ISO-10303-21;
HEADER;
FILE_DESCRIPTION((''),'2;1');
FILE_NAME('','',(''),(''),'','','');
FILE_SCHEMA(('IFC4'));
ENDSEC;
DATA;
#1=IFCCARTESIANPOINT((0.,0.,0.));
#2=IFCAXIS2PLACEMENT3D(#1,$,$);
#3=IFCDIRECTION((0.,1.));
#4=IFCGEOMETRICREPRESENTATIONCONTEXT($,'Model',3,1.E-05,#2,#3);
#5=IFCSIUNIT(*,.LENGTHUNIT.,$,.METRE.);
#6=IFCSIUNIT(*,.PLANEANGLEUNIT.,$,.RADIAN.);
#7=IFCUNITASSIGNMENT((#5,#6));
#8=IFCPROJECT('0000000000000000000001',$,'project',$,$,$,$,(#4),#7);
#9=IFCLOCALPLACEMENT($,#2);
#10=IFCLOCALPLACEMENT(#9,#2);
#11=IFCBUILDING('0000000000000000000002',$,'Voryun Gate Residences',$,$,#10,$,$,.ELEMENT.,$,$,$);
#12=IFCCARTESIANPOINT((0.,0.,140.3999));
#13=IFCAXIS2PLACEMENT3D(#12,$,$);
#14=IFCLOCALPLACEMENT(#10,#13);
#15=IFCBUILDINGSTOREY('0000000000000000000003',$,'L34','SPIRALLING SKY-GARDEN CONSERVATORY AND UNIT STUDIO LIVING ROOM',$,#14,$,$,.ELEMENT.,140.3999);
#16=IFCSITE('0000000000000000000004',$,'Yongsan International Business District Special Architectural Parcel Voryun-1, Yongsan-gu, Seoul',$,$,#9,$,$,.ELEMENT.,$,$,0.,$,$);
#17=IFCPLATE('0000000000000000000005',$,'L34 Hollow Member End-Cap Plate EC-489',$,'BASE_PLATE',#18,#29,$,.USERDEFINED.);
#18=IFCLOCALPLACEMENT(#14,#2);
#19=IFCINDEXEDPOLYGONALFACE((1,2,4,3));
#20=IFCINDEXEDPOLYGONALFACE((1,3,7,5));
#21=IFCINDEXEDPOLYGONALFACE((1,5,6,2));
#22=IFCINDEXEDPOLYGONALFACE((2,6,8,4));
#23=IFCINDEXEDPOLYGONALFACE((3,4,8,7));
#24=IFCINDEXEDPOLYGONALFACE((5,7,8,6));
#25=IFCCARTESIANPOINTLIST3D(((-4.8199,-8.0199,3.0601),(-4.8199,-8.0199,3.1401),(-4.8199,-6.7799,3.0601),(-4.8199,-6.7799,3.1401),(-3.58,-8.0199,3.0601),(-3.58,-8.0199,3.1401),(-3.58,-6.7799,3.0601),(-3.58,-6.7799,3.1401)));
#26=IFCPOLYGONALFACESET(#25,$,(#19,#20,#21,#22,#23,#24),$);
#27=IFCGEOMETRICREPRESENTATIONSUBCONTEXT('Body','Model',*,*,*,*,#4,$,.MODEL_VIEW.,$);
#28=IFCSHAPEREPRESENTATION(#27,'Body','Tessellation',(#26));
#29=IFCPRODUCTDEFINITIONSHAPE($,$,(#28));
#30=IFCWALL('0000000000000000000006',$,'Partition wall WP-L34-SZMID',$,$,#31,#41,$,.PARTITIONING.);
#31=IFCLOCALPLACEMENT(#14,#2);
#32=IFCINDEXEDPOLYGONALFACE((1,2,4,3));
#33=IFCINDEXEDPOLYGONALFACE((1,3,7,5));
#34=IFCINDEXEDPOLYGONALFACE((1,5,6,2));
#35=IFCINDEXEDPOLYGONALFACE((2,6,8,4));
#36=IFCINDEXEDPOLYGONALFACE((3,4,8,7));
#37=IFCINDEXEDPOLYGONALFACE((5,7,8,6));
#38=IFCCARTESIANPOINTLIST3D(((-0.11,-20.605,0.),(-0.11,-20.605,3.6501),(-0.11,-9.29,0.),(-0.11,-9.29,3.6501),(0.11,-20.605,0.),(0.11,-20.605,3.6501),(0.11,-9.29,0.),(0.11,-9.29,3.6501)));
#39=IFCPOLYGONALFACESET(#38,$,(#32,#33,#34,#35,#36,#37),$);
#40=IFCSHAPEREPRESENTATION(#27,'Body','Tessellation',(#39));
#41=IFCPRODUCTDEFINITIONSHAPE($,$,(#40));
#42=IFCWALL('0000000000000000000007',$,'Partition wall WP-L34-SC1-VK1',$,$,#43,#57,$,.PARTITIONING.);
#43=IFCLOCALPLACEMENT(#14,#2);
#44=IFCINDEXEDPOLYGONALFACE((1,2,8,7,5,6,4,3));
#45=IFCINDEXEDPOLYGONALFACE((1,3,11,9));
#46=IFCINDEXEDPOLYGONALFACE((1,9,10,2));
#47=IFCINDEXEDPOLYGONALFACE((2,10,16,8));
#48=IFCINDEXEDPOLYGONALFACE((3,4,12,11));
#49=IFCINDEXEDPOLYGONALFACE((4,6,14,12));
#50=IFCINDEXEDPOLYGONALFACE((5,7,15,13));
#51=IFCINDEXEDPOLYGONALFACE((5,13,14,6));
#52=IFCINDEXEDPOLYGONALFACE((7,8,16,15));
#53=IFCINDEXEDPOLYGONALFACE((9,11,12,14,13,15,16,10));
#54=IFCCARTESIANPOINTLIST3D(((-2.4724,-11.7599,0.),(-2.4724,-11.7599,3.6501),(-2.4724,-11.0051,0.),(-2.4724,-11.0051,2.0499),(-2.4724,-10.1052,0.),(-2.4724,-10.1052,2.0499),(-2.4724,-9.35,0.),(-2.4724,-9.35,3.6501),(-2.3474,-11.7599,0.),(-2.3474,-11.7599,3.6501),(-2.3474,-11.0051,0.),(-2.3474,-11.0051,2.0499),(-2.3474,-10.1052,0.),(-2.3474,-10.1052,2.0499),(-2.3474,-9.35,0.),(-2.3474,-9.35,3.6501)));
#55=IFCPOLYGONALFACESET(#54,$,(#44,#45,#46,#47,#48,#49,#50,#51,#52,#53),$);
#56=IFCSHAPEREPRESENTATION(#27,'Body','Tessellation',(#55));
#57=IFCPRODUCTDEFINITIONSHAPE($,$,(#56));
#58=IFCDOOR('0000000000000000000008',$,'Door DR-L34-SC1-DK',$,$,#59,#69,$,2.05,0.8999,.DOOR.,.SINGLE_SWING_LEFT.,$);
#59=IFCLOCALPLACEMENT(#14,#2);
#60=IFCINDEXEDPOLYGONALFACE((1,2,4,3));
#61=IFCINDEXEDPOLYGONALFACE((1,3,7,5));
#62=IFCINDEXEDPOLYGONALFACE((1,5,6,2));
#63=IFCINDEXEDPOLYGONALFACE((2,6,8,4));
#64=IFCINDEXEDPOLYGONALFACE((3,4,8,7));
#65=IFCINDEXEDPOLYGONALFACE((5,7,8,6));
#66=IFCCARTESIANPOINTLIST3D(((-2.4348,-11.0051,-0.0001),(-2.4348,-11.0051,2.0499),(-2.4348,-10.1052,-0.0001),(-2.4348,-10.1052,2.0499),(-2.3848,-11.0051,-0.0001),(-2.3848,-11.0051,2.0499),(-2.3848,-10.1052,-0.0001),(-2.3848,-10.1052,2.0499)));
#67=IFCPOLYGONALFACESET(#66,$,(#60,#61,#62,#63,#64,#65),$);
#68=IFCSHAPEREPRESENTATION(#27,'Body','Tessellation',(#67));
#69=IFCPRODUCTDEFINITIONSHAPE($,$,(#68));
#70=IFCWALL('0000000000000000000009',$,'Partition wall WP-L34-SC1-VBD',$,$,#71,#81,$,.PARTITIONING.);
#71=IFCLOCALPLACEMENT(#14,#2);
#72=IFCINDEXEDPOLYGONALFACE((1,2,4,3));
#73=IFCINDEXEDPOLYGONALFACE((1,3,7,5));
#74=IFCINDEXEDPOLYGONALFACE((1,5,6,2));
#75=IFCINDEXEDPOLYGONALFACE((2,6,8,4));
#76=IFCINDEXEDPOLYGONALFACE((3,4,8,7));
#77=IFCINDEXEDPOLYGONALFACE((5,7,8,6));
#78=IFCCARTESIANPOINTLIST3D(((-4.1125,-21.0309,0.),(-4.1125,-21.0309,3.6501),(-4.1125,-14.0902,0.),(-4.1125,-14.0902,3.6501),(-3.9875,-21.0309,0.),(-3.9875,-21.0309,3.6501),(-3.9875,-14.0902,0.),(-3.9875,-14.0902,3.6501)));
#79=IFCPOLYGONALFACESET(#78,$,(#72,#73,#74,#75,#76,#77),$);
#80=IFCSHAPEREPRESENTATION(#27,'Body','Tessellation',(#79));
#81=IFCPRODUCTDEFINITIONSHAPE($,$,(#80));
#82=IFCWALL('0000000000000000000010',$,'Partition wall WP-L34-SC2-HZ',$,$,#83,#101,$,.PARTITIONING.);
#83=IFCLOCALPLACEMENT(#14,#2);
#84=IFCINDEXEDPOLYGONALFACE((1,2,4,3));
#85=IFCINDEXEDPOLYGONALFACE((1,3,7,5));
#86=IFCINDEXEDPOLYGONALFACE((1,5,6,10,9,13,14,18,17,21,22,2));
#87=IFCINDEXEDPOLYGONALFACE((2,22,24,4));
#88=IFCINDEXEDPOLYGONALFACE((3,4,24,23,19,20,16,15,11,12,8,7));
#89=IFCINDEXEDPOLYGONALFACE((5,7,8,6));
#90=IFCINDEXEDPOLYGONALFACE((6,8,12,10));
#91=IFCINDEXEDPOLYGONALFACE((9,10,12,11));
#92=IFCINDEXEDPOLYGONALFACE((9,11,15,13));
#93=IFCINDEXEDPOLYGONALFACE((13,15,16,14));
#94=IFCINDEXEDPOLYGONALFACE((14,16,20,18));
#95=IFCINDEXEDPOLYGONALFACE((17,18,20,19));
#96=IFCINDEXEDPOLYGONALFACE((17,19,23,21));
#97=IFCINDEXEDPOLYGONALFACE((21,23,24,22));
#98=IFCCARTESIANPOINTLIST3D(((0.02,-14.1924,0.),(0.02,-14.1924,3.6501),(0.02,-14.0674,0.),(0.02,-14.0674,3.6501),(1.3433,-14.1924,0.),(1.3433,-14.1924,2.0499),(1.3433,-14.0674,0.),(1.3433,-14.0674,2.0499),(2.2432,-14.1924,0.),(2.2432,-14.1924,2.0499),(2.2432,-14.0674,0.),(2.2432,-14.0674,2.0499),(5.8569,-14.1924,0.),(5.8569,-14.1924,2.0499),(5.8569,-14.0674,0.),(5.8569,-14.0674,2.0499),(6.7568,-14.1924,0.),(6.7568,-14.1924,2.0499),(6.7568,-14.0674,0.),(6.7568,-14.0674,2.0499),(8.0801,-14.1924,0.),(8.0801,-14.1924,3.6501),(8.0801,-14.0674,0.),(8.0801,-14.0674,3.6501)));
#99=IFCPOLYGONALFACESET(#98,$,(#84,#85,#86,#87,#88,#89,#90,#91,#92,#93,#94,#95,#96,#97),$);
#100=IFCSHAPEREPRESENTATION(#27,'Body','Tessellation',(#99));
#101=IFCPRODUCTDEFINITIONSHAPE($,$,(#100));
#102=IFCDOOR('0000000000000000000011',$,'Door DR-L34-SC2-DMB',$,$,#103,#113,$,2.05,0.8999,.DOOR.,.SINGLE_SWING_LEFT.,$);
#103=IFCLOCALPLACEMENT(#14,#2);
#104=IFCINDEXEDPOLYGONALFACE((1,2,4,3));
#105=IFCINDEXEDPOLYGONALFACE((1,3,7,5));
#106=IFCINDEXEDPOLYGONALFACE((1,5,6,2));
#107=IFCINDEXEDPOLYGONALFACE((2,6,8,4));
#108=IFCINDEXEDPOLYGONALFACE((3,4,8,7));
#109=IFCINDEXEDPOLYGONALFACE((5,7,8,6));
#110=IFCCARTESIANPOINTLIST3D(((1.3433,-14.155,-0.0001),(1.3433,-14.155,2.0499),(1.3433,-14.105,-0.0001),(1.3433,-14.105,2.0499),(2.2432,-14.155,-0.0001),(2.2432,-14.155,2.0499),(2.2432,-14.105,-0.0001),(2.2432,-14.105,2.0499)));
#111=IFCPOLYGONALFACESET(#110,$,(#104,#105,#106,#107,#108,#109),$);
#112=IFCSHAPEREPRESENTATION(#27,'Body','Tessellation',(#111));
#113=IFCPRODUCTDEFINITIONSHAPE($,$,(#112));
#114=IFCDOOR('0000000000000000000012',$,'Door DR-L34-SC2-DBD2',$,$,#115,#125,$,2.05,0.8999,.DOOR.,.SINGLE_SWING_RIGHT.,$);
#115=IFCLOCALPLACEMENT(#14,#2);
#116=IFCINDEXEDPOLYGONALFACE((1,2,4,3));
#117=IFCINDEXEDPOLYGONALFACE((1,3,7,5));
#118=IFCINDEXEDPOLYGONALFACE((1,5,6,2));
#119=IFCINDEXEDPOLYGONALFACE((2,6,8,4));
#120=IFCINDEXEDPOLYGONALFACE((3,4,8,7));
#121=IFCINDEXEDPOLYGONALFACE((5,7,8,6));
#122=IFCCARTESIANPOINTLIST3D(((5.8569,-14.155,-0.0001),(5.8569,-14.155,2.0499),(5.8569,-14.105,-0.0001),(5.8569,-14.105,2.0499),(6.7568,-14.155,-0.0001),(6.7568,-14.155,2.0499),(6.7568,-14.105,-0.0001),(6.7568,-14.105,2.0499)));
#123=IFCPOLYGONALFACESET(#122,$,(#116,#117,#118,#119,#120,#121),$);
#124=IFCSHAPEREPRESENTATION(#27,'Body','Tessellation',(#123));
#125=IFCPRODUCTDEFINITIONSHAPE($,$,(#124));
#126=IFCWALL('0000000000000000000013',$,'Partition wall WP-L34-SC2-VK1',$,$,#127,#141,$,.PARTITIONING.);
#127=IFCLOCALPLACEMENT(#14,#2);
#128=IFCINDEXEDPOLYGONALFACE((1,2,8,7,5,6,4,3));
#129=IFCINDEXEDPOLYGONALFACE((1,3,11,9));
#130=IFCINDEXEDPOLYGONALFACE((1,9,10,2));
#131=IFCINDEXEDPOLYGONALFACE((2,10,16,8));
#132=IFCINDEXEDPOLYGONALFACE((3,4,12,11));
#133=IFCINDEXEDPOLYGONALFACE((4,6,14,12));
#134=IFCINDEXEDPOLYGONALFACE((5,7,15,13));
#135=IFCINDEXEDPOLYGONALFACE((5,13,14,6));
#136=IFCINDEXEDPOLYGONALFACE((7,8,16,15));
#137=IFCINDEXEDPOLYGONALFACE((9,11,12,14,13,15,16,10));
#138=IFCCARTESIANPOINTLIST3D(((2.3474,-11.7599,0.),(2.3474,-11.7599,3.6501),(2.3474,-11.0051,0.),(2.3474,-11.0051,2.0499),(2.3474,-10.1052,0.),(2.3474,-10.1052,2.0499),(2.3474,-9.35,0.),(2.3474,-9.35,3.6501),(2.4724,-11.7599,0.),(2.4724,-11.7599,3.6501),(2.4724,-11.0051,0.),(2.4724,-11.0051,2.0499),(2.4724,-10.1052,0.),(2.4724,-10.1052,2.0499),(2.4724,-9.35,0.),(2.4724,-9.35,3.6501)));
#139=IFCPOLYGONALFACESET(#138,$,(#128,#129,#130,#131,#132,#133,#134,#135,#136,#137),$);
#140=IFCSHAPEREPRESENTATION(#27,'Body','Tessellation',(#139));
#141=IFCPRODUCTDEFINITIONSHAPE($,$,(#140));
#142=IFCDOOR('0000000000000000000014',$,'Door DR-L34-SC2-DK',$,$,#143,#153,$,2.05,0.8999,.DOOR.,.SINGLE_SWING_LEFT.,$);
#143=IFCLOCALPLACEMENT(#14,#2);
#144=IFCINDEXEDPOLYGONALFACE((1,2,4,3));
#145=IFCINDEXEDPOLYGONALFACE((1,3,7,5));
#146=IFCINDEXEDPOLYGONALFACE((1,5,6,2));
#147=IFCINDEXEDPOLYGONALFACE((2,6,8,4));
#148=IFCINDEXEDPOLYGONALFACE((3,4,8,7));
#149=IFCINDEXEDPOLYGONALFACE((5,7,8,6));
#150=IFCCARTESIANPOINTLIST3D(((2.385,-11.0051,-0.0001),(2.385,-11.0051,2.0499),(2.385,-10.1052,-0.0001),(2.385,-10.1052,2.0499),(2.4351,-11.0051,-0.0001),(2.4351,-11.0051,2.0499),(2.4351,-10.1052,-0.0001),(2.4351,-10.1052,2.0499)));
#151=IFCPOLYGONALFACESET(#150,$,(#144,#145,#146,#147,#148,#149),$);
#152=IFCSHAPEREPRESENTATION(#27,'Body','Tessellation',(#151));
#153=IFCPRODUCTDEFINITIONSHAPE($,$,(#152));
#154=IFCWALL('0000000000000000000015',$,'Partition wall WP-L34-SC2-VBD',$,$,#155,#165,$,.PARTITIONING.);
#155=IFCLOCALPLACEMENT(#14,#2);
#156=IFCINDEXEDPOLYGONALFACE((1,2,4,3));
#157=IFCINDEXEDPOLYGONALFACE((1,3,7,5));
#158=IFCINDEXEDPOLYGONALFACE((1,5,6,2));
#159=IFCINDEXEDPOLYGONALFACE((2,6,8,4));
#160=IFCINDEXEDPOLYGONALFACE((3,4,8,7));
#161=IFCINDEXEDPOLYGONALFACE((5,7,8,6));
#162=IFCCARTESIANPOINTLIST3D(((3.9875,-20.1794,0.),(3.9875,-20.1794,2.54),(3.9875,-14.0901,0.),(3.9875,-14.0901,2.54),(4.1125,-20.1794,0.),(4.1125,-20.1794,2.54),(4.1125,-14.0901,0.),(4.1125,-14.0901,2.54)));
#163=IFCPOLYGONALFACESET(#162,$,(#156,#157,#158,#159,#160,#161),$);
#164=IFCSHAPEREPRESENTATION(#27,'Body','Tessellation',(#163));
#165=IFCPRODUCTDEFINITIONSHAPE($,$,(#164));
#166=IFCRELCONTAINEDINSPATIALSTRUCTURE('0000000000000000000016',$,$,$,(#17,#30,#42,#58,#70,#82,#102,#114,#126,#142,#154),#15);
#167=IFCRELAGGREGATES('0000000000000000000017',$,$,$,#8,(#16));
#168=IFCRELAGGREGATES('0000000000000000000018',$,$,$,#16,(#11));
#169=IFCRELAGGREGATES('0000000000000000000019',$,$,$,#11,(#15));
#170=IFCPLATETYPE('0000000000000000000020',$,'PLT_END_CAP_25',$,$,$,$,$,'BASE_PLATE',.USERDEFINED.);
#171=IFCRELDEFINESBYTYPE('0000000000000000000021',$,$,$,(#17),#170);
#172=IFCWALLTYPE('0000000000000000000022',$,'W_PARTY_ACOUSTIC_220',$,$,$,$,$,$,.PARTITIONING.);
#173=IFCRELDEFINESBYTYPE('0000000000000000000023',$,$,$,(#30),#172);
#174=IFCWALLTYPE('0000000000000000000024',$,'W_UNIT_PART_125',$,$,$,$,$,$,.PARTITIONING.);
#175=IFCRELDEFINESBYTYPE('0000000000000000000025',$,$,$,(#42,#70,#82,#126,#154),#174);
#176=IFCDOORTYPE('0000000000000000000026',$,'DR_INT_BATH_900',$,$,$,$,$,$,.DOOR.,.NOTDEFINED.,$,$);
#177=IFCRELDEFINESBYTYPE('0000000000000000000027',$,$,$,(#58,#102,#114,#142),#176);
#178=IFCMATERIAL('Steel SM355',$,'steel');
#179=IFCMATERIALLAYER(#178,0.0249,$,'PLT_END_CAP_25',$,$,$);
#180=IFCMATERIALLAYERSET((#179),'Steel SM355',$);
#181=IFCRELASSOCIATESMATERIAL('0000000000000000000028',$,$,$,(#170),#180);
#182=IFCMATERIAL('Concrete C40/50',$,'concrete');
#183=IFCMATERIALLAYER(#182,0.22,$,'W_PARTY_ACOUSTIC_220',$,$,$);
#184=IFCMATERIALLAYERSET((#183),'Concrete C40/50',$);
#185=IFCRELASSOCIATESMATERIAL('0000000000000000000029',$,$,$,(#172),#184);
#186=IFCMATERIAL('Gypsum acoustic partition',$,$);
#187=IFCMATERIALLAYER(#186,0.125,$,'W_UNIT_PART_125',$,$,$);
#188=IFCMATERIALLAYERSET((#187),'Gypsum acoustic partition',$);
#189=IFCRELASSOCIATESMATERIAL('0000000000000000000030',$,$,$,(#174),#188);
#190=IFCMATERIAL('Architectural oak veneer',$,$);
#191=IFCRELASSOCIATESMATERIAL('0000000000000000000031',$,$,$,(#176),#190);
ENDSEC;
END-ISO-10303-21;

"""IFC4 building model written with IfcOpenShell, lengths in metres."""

from ifc_helpers import new_model, si_unit, direction, frame, frame_2d, origin, origin_2d, place, context, subcontext, project, spatial, rectangle, extrude, material, layer, layer_set, type_object, element, fill, save


model = new_model("IFC4")

# Units and contexts
model_context = context("Model", 3, precision=1e-05, world=origin(), true_north=direction((0.0, 1.0)))
body_context = subcontext(model_context, "Body", "Model", "MODEL_VIEW")
ifc_project = project(units=[si_unit("LENGTHUNIT", "METRE"), si_unit("PLANEANGLEUNIT", "RADIAN")], contexts=[model_context])

# Site, building, storey
site_placement = place(None, origin())
site = spatial("IfcSite", under=ifc_project, at=site_placement, Name="Yongsan International Business District Special Architectural Parcel Voryun-1, Yongsan-gu, Seoul", CompositionType="ELEMENT", RefElevation=0.0)
building_placement = place(site_placement, origin())
building = spatial("IfcBuilding", under=site, at=building_placement, Name="Voryun Gate Residences", CompositionType="ELEMENT")
storey_placement = place(building_placement, frame((0.0, 0.0, 140.3999)))
storey = spatial("IfcBuildingStorey", under=building, at=storey_placement, Name="L34", Description="SPIRALLING SKY-GARDEN CONSERVATORY AND UNIT STUDIO LIVING ROOM", CompositionType="ELEMENT", Elevation=140.3999)

# Plate
ifc_material_1 = material(Name="Steel SM355", Category="steel")
ifc_layer_1 = layer(ifc_material_1, 0.0249, Name="PLT_END_CAP_25")
ifc_layer_set_1 = layer_set([ifc_layer_1], Name="Steel SM355")
plate_type = type_object("IfcPlateType", Name="PLT_END_CAP_25", ElementType="BASE_PLATE", PredefinedType="USERDEFINED", material=ifc_layer_set_1)
for number, where, z_axis, x_axis, name in (
    (1, (-4.2, -7.3999, 3.0601), (0.0, 0.0, 1.0), (1.0, 0.0, 0.0), "L34 Hollow Member End-Cap Plate EC-489"),
):
    element("IfcPlate", number, at=place(storey_placement, frame(where, z_axis=z_axis, x_axis=x_axis)), inside=storey, type_object=plate_type, Name=name, ObjectType="BASE_PLATE", PredefinedType="USERDEFINED", context=body_context, shape_type="SweptSolid", body=[
        extrude(rectangle(XDim=1.24, YDim=1.24, at=origin_2d()), origin(), (0.0, 0.0, 1.0), 0.0801),
    ])

# Wall
ifc_material_2 = material(Name="Concrete C40/50", Category="concrete")
ifc_layer_2 = layer(ifc_material_2, 0.22, Name="W_PARTY_ACOUSTIC_220")
ifc_layer_set_2 = layer_set([ifc_layer_2], Name="Concrete C40/50")
wall_type_1 = type_object("IfcWallType", Name="W_PARTY_ACOUSTIC_220", PredefinedType="PARTITIONING", material=ifc_layer_set_2)
wall_1_placement = place(storey_placement, frame((0.0, -20.605, 0.0), z_axis=(0.0, 0.0, 1.0), x_axis=(0.0, 1.0, 0.0)))
element("IfcWall", 2, at=wall_1_placement, inside=storey, type_object=wall_type_1, Name="Partition wall WP-L34-SZMID", PredefinedType="PARTITIONING", context=body_context, shape_type="SweptSolid", body=[
    extrude(rectangle(XDim=11.3149, YDim=0.22, at=frame_2d((5.6575, 0.0))), origin(), (0.0, 0.0, 1.0), 3.6501),
])

# Wall, opening, door
ifc_material_3 = material(Name="Gypsum acoustic partition")
ifc_layer_3 = layer(ifc_material_3, 0.125, Name="W_UNIT_PART_125")
ifc_layer_set_3 = layer_set([ifc_layer_3], Name="Gypsum acoustic partition")
wall_type_2 = type_object("IfcWallType", Name="W_UNIT_PART_125", PredefinedType="PARTITIONING", material=ifc_layer_set_3)
wall_2_placement = place(storey_placement, frame((-2.4099, -11.76, 0.0), z_axis=(0.0, 0.0, 1.0), x_axis=(0.0, 1.0, 0.0)))
wall_2 = element("IfcWall", 3, at=wall_2_placement, inside=storey, type_object=wall_type_2, Name="Partition wall WP-L34-SC1-VK1", PredefinedType="PARTITIONING", context=body_context, shape_type="SweptSolid", body=[
    extrude(rectangle(XDim=2.4099, YDim=0.125, at=frame_2d((1.2051, 0.0))), origin(), (0.0, 0.0, 1.0), 3.6501),
])
opening_1_placement = place(wall_2_placement, frame((0.7549, 0.0, 0.0)))
opening_1 = element("IfcOpeningElement", 4, at=opening_1_placement, cuts=wall_2, PredefinedType="OPENING", context=body_context, shape_type="SweptSolid", body=[
    extrude(rectangle(XDim=0.8999, YDim=2.05, at=frame_2d((0.45, 1.0249))), frame((0.0, 0.0725, 0.0), z_axis=(0.0, -1.0, 0.0), x_axis=(1.0, 0.0, 0.0)), (0.0, 0.0, 1.0), 0.145),
])
ifc_material_4 = material(Name="Architectural oak veneer")
door_type = type_object("IfcDoorType", Name="DR_INT_BATH_900", OperationType="NOTDEFINED", PredefinedType="DOOR", material=ifc_material_4)
door_1_placement = place(opening_1_placement, origin())
door_1 = element("IfcDoor", 5, at=door_1_placement, inside=storey, type_object=door_type, Name="Door DR-L34-SC1-DK", OperationType="SINGLE_SWING_LEFT", OverallHeight=2.05, OverallWidth=0.8999, PredefinedType="DOOR", context=body_context, shape_type="SweptSolid", body=[
    extrude(rectangle(XDim=0.8999, YDim=2.05, at=frame_2d((0.45, 1.0249))), frame((0.0, 0.0249, 0.0), z_axis=(0.0, -1.0, 0.0), x_axis=(1.0, 0.0, 0.0)), (0.0, 0.0, 1.0), 0.05),
])
fill(opening_1, door_1)

# Wall
wall_3_placement = place(storey_placement, frame((-4.05, -21.0308, 0.0), z_axis=(0.0, 0.0, 1.0), x_axis=(0.0, 1.0, 0.0)))
element("IfcWall", 6, at=wall_3_placement, inside=storey, type_object=wall_type_2, Name="Partition wall WP-L34-SC1-VBD", PredefinedType="PARTITIONING", context=body_context, shape_type="SweptSolid", body=[
    extrude(rectangle(XDim=6.9407, YDim=0.125, at=frame_2d((3.4702, 0.0))), origin(), (0.0, 0.0, 1.0), 3.6501),
])

# Wall, openings, doors
wall_4_placement = place(storey_placement, frame((0.02, -14.1299, 0.0), z_axis=(0.0, 0.0, 1.0), x_axis=(1.0, 0.0, 0.0)))
wall_4 = element("IfcWall", 7, at=wall_4_placement, inside=storey, type_object=wall_type_2, Name="Partition wall WP-L34-SC2-HZ", PredefinedType="PARTITIONING", context=body_context, shape_type="SweptSolid", body=[
    extrude(rectangle(XDim=8.0601, YDim=0.125, at=frame_2d((4.03, 0.0))), origin(), (0.0, 0.0, 1.0), 3.6501),
])
opening_2_placement = place(wall_4_placement, frame((1.3232, 0.0, 0.0)))
opening_2 = element("IfcOpeningElement", 8, at=opening_2_placement, cuts=wall_4, PredefinedType="OPENING", context=body_context, shape_type="SweptSolid", body=[
    extrude(rectangle(XDim=0.8999, YDim=2.05, at=frame_2d((0.45, 1.0249))), frame((0.0, 0.0725, 0.0), z_axis=(0.0, -1.0, 0.0), x_axis=(1.0, 0.0, 0.0)), (0.0, 0.0, 1.0), 0.145),
])
opening_3_placement = place(wall_4_placement, frame((5.8369, 0.0, 0.0)))
opening_3 = element("IfcOpeningElement", 9, at=opening_3_placement, cuts=wall_4, PredefinedType="OPENING", context=body_context, shape_type="SweptSolid", body=[
    extrude(rectangle(XDim=0.8999, YDim=2.05, at=frame_2d((0.45, 1.0249))), frame((0.0, 0.0725, 0.0), z_axis=(0.0, -1.0, 0.0), x_axis=(1.0, 0.0, 0.0)), (0.0, 0.0, 1.0), 0.145),
])
door_2_placement = place(opening_2_placement, origin())
door_2 = element("IfcDoor", 10, at=door_2_placement, inside=storey, type_object=door_type, Name="Door DR-L34-SC2-DMB", OperationType="SINGLE_SWING_LEFT", OverallHeight=2.05, OverallWidth=0.8999, PredefinedType="DOOR", context=body_context, shape_type="SweptSolid", body=[
    extrude(rectangle(XDim=0.8999, YDim=2.05, at=frame_2d((0.45, 1.0249))), frame((0.0, 0.0249, 0.0), z_axis=(0.0, -1.0, 0.0), x_axis=(1.0, 0.0, 0.0)), (0.0, 0.0, 1.0), 0.05),
])
fill(opening_2, door_2)
door_3_placement = place(opening_3_placement, origin())
door_3 = element("IfcDoor", 11, at=door_3_placement, inside=storey, type_object=door_type, Name="Door DR-L34-SC2-DBD2", OperationType="SINGLE_SWING_RIGHT", OverallHeight=2.05, OverallWidth=0.8999, PredefinedType="DOOR", context=body_context, shape_type="SweptSolid", body=[
    extrude(rectangle(XDim=0.8999, YDim=2.05, at=frame_2d((0.45, 1.0249))), frame((0.0, 0.0249, 0.0), z_axis=(0.0, -1.0, 0.0), x_axis=(1.0, 0.0, 0.0)), (0.0, 0.0, 1.0), 0.05),
])
fill(opening_3, door_3)

# Wall, opening, door
wall_5_placement = place(storey_placement, frame((2.4099, -11.76, 0.0), z_axis=(0.0, 0.0, 1.0), x_axis=(0.0, 1.0, 0.0)))
wall_5 = element("IfcWall", 12, at=wall_5_placement, inside=storey, type_object=wall_type_2, Name="Partition wall WP-L34-SC2-VK1", PredefinedType="PARTITIONING", context=body_context, shape_type="SweptSolid", body=[
    extrude(rectangle(XDim=2.4099, YDim=0.125, at=frame_2d((1.2051, 0.0))), origin(), (0.0, 0.0, 1.0), 3.6501),
])
opening_4_placement = place(wall_5_placement, frame((0.7549, 0.0, 0.0)))
opening_4 = element("IfcOpeningElement", 13, at=opening_4_placement, cuts=wall_5, PredefinedType="OPENING", context=body_context, shape_type="SweptSolid", body=[
    extrude(rectangle(XDim=0.8999, YDim=2.05, at=frame_2d((0.45, 1.0249))), frame((0.0, 0.0725, 0.0), z_axis=(0.0, -1.0, 0.0), x_axis=(1.0, 0.0, 0.0)), (0.0, 0.0, 1.0), 0.145),
])
door_4_placement = place(opening_4_placement, origin())
door_4 = element("IfcDoor", 14, at=door_4_placement, inside=storey, type_object=door_type, Name="Door DR-L34-SC2-DK", OperationType="SINGLE_SWING_LEFT", OverallHeight=2.05, OverallWidth=0.8999, PredefinedType="DOOR", context=body_context, shape_type="SweptSolid", body=[
    extrude(rectangle(XDim=0.8999, YDim=2.05, at=frame_2d((0.45, 1.0249))), frame((0.0, 0.0249, 0.0), z_axis=(0.0, -1.0, 0.0), x_axis=(1.0, 0.0, 0.0)), (0.0, 0.0, 1.0), 0.05),
])
fill(opening_4, door_4)

# Wall
wall_6_placement = place(storey_placement, frame((4.05, -20.1794, 0.0), z_axis=(0.0, 0.0, 1.0), x_axis=(0.0, 1.0, 0.0)))
element("IfcWall", 15, at=wall_6_placement, inside=storey, type_object=wall_type_2, Name="Partition wall WP-L34-SC2-VBD", PredefinedType="PARTITIONING", context=body_context, shape_type="SweptSolid", body=[
    extrude(rectangle(XDim=6.0894, YDim=0.125, at=frame_2d((3.0447, 0.0))), origin(), (0.0, 0.0, 1.0), 2.54),
])

save(model, "model.ifc")
